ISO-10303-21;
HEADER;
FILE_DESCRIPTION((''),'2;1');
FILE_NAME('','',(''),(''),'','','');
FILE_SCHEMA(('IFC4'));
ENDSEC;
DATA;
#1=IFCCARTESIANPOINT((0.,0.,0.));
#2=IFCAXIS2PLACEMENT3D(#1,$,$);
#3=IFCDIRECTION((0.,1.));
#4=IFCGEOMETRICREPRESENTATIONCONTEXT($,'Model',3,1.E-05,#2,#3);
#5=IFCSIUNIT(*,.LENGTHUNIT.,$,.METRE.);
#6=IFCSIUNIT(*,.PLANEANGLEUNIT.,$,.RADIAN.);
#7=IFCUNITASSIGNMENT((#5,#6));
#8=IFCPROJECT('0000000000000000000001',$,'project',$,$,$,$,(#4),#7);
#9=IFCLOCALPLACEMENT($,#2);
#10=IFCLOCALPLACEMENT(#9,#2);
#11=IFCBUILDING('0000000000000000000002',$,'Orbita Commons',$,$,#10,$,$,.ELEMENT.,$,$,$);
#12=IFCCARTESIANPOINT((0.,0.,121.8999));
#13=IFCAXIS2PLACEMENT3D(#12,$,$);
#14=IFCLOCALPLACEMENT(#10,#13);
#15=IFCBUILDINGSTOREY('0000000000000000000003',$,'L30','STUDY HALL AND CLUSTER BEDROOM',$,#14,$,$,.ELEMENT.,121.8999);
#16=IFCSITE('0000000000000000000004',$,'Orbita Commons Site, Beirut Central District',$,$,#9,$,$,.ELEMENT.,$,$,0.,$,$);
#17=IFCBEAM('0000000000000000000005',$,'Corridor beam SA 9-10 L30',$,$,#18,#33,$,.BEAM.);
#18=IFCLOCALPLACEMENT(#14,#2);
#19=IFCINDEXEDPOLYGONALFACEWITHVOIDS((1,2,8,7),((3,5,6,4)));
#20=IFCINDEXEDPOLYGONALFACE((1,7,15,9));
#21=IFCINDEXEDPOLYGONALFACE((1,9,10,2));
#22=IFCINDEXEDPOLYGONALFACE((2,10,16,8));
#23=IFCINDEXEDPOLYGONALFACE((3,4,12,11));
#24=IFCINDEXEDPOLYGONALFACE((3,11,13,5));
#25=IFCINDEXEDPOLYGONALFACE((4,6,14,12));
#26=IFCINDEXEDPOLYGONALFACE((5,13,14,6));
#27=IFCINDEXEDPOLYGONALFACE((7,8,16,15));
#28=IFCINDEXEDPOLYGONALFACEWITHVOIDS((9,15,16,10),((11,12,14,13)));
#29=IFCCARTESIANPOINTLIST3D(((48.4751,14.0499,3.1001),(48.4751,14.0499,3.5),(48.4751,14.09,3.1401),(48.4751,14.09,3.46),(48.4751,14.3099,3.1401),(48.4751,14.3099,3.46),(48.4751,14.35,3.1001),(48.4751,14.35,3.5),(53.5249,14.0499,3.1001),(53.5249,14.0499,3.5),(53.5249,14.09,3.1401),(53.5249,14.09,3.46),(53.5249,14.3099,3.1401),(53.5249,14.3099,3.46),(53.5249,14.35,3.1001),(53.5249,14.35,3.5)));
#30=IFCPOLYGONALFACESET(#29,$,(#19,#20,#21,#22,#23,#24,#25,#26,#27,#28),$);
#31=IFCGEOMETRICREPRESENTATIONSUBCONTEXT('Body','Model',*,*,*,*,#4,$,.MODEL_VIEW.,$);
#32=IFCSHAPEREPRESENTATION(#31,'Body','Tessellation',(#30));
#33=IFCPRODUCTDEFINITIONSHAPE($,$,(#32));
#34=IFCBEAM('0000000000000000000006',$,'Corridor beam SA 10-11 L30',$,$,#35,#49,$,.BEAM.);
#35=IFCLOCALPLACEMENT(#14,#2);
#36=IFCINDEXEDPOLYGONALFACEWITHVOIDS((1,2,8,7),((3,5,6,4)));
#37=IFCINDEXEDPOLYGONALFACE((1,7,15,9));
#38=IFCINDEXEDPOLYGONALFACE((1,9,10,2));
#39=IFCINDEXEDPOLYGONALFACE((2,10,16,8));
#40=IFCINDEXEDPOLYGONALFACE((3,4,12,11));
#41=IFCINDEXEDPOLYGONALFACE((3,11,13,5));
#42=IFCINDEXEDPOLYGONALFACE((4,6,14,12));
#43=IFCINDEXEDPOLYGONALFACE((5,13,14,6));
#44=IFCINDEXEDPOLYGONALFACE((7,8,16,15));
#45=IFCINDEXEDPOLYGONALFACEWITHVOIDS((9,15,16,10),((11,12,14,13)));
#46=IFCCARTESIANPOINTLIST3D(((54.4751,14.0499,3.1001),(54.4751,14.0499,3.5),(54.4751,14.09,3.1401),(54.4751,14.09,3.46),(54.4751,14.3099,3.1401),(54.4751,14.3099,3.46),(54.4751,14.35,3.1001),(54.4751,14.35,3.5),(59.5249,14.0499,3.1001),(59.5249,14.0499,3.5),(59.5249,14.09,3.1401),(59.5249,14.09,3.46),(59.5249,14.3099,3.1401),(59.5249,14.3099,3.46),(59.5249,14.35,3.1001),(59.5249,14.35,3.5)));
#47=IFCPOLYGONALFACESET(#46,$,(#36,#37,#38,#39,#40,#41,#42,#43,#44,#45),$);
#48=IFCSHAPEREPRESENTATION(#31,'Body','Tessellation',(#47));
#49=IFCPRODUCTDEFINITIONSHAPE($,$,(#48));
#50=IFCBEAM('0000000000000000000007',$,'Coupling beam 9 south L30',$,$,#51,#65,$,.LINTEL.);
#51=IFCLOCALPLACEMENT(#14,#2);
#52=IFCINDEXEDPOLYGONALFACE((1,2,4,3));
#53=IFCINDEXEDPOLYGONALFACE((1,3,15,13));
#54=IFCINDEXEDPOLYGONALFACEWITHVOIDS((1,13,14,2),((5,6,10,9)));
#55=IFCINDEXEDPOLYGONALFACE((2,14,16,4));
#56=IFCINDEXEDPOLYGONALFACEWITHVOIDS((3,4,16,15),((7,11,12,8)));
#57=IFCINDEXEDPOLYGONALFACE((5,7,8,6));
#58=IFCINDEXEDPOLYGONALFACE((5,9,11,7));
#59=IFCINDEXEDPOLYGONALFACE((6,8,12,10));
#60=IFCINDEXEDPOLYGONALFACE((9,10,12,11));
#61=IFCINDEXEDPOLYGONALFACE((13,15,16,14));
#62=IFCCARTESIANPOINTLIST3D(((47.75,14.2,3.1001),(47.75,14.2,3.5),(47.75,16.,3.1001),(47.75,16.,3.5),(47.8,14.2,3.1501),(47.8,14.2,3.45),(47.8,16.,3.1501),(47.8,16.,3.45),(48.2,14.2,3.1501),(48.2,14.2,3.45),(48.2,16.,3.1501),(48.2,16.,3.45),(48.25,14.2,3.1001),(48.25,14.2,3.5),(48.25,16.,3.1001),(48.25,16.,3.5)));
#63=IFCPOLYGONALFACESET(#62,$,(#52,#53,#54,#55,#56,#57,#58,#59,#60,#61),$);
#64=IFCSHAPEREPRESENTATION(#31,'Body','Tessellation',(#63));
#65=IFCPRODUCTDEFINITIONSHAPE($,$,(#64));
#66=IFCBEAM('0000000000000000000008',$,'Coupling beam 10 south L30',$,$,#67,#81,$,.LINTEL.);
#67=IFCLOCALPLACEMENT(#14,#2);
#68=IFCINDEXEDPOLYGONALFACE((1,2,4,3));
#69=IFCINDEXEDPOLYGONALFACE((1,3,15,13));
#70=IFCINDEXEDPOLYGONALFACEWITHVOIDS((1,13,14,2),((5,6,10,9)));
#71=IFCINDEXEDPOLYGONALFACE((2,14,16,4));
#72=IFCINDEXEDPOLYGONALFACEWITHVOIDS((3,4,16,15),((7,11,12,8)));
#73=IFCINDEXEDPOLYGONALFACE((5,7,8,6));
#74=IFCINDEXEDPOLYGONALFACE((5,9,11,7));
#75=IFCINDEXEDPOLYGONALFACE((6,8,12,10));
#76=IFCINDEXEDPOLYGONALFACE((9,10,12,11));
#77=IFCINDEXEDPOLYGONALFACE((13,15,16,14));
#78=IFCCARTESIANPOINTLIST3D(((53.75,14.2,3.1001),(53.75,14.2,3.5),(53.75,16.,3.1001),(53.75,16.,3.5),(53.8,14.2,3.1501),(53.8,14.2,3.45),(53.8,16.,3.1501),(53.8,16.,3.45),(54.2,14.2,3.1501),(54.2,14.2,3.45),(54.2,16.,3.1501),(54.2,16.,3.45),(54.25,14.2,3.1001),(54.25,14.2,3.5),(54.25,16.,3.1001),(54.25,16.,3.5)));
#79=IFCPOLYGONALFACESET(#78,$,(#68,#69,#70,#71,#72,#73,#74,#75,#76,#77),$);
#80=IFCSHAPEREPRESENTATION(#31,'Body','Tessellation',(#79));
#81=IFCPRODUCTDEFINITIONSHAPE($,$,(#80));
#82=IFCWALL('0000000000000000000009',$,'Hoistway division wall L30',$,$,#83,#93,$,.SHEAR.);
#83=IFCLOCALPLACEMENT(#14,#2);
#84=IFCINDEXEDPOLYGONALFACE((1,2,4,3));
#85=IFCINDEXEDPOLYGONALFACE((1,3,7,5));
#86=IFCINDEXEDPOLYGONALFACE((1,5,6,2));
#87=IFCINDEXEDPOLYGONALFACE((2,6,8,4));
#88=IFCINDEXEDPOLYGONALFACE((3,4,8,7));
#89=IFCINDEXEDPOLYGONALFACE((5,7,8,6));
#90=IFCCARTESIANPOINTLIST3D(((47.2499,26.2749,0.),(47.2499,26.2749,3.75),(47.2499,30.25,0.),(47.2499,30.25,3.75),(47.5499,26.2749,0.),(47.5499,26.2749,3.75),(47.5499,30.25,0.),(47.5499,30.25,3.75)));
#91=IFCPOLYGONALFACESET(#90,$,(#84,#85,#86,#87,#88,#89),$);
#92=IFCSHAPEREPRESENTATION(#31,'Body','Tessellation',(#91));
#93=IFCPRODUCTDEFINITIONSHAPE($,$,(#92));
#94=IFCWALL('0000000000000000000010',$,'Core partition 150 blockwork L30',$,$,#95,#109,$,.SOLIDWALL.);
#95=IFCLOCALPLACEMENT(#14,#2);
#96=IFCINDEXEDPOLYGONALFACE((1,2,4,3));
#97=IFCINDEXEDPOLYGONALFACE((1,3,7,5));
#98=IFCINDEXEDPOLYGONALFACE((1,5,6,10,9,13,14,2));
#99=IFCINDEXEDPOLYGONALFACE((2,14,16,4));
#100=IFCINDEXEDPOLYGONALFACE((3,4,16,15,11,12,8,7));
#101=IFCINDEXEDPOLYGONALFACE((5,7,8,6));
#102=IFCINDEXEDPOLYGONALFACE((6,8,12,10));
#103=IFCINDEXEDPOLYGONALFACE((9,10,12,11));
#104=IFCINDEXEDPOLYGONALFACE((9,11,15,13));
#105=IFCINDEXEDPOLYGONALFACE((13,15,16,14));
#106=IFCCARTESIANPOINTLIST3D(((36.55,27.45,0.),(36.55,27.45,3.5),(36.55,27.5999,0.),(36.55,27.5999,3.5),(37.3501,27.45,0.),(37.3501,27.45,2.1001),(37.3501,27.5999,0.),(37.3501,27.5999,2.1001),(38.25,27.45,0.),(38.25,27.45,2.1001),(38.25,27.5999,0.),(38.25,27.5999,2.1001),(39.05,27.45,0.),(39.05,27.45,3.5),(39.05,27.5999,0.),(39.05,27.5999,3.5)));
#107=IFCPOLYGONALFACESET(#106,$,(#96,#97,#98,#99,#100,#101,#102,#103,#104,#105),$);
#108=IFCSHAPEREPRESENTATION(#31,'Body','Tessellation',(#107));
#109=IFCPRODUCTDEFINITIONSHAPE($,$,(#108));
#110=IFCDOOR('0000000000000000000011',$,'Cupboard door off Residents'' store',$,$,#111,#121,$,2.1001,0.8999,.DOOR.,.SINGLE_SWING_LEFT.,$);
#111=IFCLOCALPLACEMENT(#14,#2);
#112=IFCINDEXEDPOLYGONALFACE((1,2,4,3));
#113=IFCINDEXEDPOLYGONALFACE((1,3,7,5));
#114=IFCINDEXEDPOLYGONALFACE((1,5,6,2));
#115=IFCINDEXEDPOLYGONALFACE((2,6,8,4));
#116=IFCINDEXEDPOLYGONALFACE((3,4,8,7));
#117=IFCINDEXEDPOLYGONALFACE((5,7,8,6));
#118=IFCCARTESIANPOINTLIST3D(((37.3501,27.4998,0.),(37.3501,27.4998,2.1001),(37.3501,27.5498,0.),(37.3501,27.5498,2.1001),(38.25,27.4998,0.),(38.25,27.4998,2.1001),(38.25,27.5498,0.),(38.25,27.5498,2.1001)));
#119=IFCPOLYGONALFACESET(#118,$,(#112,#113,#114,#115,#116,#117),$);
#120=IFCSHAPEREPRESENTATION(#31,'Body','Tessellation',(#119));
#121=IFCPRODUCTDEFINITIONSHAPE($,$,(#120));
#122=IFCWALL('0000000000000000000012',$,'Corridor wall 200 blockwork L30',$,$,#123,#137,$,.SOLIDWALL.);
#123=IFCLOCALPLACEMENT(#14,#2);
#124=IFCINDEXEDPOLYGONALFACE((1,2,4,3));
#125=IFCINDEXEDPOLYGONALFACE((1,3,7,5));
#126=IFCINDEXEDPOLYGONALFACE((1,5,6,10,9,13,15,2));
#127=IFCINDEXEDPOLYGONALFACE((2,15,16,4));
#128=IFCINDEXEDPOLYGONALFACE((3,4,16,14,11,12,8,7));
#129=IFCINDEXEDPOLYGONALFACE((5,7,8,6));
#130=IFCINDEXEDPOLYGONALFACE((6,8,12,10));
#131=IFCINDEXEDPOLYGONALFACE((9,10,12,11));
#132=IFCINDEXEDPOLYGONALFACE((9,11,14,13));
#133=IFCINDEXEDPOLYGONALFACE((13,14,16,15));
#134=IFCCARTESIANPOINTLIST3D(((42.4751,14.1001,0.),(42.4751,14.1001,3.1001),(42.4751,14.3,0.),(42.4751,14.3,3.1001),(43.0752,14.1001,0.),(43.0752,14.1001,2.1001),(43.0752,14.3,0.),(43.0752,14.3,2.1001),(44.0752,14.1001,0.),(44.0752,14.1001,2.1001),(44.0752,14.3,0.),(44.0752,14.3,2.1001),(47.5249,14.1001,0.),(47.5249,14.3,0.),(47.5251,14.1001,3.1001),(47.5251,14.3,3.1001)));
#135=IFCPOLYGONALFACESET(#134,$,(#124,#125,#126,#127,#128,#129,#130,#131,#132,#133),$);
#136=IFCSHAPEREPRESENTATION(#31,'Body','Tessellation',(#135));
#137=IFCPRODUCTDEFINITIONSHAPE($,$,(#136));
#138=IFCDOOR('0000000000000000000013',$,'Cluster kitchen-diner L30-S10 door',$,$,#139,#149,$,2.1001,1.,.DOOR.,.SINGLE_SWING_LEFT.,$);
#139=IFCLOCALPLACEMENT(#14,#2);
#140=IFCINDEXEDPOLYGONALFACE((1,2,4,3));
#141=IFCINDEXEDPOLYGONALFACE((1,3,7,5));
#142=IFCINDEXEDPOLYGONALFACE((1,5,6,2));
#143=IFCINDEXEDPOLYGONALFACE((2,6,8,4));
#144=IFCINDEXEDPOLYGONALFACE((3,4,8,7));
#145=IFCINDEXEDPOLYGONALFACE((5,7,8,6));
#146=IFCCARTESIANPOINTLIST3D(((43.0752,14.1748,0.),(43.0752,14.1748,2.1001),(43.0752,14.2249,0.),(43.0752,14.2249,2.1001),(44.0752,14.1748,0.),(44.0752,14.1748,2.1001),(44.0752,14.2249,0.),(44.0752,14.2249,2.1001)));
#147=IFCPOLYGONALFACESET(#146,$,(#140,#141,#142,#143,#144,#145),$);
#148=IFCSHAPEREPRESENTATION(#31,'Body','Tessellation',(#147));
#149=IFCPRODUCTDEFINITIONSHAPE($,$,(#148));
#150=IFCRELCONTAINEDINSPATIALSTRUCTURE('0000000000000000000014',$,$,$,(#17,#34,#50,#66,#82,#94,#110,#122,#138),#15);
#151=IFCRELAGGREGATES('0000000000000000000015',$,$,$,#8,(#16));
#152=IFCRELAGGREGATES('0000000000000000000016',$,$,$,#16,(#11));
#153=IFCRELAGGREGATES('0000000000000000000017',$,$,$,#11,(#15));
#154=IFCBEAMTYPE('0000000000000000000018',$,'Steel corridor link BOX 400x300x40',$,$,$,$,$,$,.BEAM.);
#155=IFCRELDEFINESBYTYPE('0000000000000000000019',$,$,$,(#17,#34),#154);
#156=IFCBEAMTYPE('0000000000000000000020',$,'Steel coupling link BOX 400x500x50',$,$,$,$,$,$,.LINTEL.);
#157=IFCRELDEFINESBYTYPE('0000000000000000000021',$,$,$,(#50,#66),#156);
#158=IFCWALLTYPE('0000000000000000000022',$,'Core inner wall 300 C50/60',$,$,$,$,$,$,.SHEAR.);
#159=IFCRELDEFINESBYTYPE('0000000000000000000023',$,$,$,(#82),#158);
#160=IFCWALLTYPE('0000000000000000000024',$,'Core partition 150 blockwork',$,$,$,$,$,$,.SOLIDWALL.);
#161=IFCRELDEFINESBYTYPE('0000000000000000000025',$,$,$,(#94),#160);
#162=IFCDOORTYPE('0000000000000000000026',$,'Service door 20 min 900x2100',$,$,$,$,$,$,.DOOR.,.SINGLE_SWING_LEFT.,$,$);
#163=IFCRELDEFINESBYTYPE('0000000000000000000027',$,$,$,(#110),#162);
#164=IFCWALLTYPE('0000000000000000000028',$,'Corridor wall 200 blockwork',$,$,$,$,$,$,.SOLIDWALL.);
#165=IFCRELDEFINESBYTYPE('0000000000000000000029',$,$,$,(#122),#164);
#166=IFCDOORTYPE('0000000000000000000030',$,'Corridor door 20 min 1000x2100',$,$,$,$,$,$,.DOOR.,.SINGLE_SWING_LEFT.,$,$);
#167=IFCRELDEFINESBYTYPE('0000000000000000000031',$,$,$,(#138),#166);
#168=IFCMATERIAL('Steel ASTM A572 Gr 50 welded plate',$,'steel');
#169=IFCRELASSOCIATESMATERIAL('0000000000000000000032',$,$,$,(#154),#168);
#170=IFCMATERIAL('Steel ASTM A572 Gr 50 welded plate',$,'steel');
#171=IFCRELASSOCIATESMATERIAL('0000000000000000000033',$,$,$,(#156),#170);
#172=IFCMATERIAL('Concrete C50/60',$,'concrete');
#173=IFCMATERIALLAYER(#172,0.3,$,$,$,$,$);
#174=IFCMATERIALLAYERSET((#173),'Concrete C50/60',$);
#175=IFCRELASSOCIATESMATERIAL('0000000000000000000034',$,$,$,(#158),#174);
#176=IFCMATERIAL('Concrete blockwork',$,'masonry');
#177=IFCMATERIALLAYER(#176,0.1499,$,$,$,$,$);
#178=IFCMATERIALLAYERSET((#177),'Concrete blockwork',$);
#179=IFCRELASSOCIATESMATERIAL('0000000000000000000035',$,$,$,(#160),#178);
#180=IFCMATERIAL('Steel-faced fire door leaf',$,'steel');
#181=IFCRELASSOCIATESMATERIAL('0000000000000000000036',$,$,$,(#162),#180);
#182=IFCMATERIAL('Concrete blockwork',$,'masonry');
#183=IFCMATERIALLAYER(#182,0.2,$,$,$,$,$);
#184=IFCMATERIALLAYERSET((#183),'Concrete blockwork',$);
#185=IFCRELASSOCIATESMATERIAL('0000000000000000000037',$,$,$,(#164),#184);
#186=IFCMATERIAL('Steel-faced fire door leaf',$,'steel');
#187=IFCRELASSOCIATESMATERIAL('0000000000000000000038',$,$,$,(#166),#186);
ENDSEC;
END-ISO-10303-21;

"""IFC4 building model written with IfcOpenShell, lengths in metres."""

from ifc_helpers import new_model, si_unit, direction, frame, frame_2d, origin, origin_2d, place, context, subcontext, project, spatial, polyline, rectangle, hollow_rectangle, outline, extrude, material, layer, layer_set, material_profile, profile_set, type_object, element, fill, save


model = new_model("IFC4")

# Units and contexts
model_context = context("Model", 3, precision=1e-05, world=origin(), true_north=direction((0.0, 1.0)))
body_context = subcontext(model_context, "Body", "Model", "MODEL_VIEW")
ifc_project = project(units=[si_unit("LENGTHUNIT", "METRE"), si_unit("PLANEANGLEUNIT", "RADIAN")], contexts=[model_context])

# Site, building, storey
site_placement = place(None, origin())
site = spatial("IfcSite", under=ifc_project, at=site_placement, Name="Orbita Commons Site, Beirut Central District", CompositionType="ELEMENT", RefElevation=0.0)
building_placement = place(site_placement, origin())
building = spatial("IfcBuilding", under=site, at=building_placement, Name="Orbita Commons", CompositionType="ELEMENT")
storey_placement = place(building_placement, frame((0.0, 0.0, 121.8999)))
storey = spatial("IfcBuildingStorey", under=building, at=storey_placement, Name="L30", Description="STUDY HALL AND CLUSTER BEDROOM", CompositionType="ELEMENT", Elevation=121.8999)

# Beams
ifc_material_1 = material(Name="Steel ASTM A572 Gr 50 welded plate", Category="steel")
ifc_material_profile_1 = material_profile(ifc_material_1, hollow_rectangle(XDim=0.3, YDim=0.3999, WallThickness=0.04, at=origin_2d()), Name="BOX 400x300x40")
ifc_profile_set_1 = profile_set([ifc_material_profile_1], Name="Steel ASTM A572 Gr 50 welded plate")
beam_type_1 = type_object("IfcBeamType", Name="Steel corridor link BOX 400x300x40", PredefinedType="BEAM", material=ifc_profile_set_1)
for number, where, z_axis, x_axis, name in (
    (1, (48.4751, 14.2, 3.3), (1.0, 0.0, 0.0), (0.0, 1.0, 0.0), "Corridor beam SA 9-10 L30"),
    (2, (54.4751, 14.2, 3.3), (1.0, 0.0, 0.0), (0.0, 1.0, 0.0), "Corridor beam SA 10-11 L30"),
):
    element("IfcBeam", number, at=place(storey_placement, frame(where, z_axis=z_axis, x_axis=x_axis)), inside=storey, type_object=beam_type_1, Name=name, PredefinedType="BEAM", context=body_context, shape_type="SweptSolid", body=[
        extrude(hollow_rectangle(XDim=0.3, YDim=0.3999, WallThickness=0.04, at=origin_2d()), origin(), (0.0, 0.0, 1.0), 5.0498),
    ])
ifc_material_2 = material(Name="Steel ASTM A572 Gr 50 welded plate", Category="steel")
ifc_material_profile_2 = material_profile(ifc_material_2, hollow_rectangle(XDim=0.5, YDim=0.3999, WallThickness=0.05, at=origin_2d()), Name="BOX 400x500x50")
ifc_profile_set_2 = profile_set([ifc_material_profile_2], Name="Steel ASTM A572 Gr 50 welded plate")
beam_type_2 = type_object("IfcBeamType", Name="Steel coupling link BOX 400x500x50", PredefinedType="LINTEL", material=ifc_profile_set_2)
for number, where, z_axis, x_axis, name in (
    (3, (48.0, 14.2, 3.3), (0.0, 1.0, 0.0), (-1.0, 0.0, 0.0), "Coupling beam 9 south L30"),
    (4, (54.0, 14.2, 3.3), (0.0, 1.0, 0.0), (-1.0, 0.0, 0.0), "Coupling beam 10 south L30"),
):
    element("IfcBeam", number, at=place(storey_placement, frame(where, z_axis=z_axis, x_axis=x_axis)), inside=storey, type_object=beam_type_2, Name=name, PredefinedType="LINTEL", context=body_context, shape_type="SweptSolid", body=[
        extrude(hollow_rectangle(XDim=0.5, YDim=0.3999, WallThickness=0.05, at=origin_2d()), origin(), (0.0, 0.0, 1.0), 1.8),
    ])

# Wall
ifc_material_3 = material(Name="Concrete C50/60", Category="concrete")
ifc_layer_1 = layer(ifc_material_3, 0.3)
ifc_layer_set_1 = layer_set([ifc_layer_1], Name="Concrete C50/60")
wall_type_1 = type_object("IfcWallType", Name="Core inner wall 300 C50/60", PredefinedType="SHEAR", material=ifc_layer_set_1)
wall_1_placement = place(storey_placement, frame((47.3999, 26.2749, 0.0), z_axis=(0.0, 0.0, 1.0), x_axis=(0.0, 1.0, 0.0)))
element("IfcWall", 5, at=wall_1_placement, inside=storey, type_object=wall_type_1, Name="Hoistway division wall L30", PredefinedType="SHEAR", context=body_context, shape_type="SweptSolid", body=[
    extrude(rectangle(XDim=3.9751, YDim=0.3, at=frame_2d((1.9875, 0.0))), origin(), (0.0, 0.0, 1.0), 3.75),
])

# Walls, openings, doors
ifc_material_4 = material(Name="Concrete blockwork", Category="masonry")
ifc_layer_2 = layer(ifc_material_4, 0.1499)
ifc_layer_set_2 = layer_set([ifc_layer_2], Name="Concrete blockwork")
wall_type_2 = type_object("IfcWallType", Name="Core partition 150 blockwork", PredefinedType="SOLIDWALL", material=ifc_layer_set_2)
wall_2_placement = place(storey_placement, frame((36.55, 27.5249, 0.0), z_axis=(0.0, 0.0, 1.0), x_axis=(1.0, 0.0, 0.0)))
wall_2 = element("IfcWall", 6, at=wall_2_placement, inside=storey, type_object=wall_type_2, Name="Core partition 150 blockwork L30", PredefinedType="SOLIDWALL", context=body_context, shape_type="SweptSolid", body=[
    extrude(rectangle(XDim=2.5, YDim=0.1499, at=frame_2d((1.25, 0.0))), origin(), (0.0, 0.0, 1.0), 3.5),
])
opening_1_placement = place(wall_2_placement, frame((0.8, 0.0, 0.0)))
opening_1 = element("IfcOpeningElement", 7, at=opening_1_placement, cuts=wall_2, PredefinedType="OPENING", context=body_context, shape_type="SweptSolid", body=[
    extrude(rectangle(XDim=0.8999, YDim=2.1001, at=frame_2d((0.45, 1.05))), frame((0.0, 0.085, 0.0), z_axis=(0.0, -1.0, 0.0), x_axis=(1.0, 0.0, 0.0)), (0.0, 0.0, 1.0), 0.1699),
])
ifc_material_5 = material(Name="Steel-faced fire door leaf", Category="steel")
door_type_1 = type_object("IfcDoorType", Name="Service door 20 min 900x2100", OperationType="SINGLE_SWING_LEFT", PredefinedType="DOOR", material=ifc_material_5)
door_1_placement = place(opening_1_placement, origin())
door_1 = element("IfcDoor", 8, at=door_1_placement, inside=storey, type_object=door_type_1, Name="Cupboard door off Residents' store", OperationType="SINGLE_SWING_LEFT", OverallHeight=2.1001, OverallWidth=0.8999, PredefinedType="DOOR", context=body_context, shape_type="SweptSolid", body=[
    extrude(rectangle(XDim=0.8999, YDim=2.1001, at=frame_2d((0.45, 1.05))), frame((0.0, 0.0249, 0.0), z_axis=(0.0, -1.0, 0.0), x_axis=(1.0, 0.0, 0.0)), (0.0, 0.0, 1.0), 0.05),
])
fill(opening_1, door_1)
ifc_material_6 = material(Name="Concrete blockwork", Category="masonry")
ifc_layer_3 = layer(ifc_material_6, 0.2)
ifc_layer_set_3 = layer_set([ifc_layer_3], Name="Concrete blockwork")
wall_type_3 = type_object("IfcWallType", Name="Corridor wall 200 blockwork", PredefinedType="SOLIDWALL", material=ifc_layer_set_3)
wall_3_placement = place(storey_placement, frame((42.4751, 14.2, 0.0), z_axis=(0.0, 0.0, 1.0), x_axis=(1.0, 0.0, 0.0)))
wall_3 = element("IfcWall", 9, at=wall_3_placement, inside=storey, type_object=wall_type_3, Name="Corridor wall 200 blockwork L30", PredefinedType="SOLIDWALL", context=body_context, shape_type="SweptSolid", body=[
    extrude(outline(polyline([(0.0, 0.0), (5.0498, 0.0), (5.05, 3.1001), (0.0, 3.1001), (0.0, 0.0)])), frame((0.0, 0.1001, 0.0), z_axis=(0.0, -1.0, 0.0), x_axis=(1.0, 0.0, 0.0)), (0.0, 0.0, 1.0), 0.2),
])
opening_2_placement = place(wall_3_placement, frame((0.6001, 0.0, 0.0)))
opening_2 = element("IfcOpeningElement", 10, at=opening_2_placement, cuts=wall_3, PredefinedType="OPENING", context=body_context, shape_type="SweptSolid", body=[
    extrude(rectangle(XDim=1.0, YDim=2.1001, at=frame_2d((0.5, 1.05))), frame((0.0, 0.1099, 0.0), z_axis=(0.0, -1.0, 0.0), x_axis=(1.0, 0.0, 0.0)), (0.0, 0.0, 1.0), 0.22),
])
ifc_material_7 = material(Name="Steel-faced fire door leaf", Category="steel")
door_type_2 = type_object("IfcDoorType", Name="Corridor door 20 min 1000x2100", OperationType="SINGLE_SWING_LEFT", PredefinedType="DOOR", material=ifc_material_7)
door_2_placement = place(opening_2_placement, origin())
door_2 = element("IfcDoor", 11, at=door_2_placement, inside=storey, type_object=door_type_2, Name="Cluster kitchen-diner L30-S10 door", OperationType="SINGLE_SWING_LEFT", OverallHeight=2.1001, OverallWidth=1.0, PredefinedType="DOOR", context=body_context, shape_type="SweptSolid", body=[
    extrude(rectangle(XDim=1.0, YDim=2.1001, at=frame_2d((0.5, 1.05))), frame((0.0, 0.0249, 0.0), z_axis=(0.0, -1.0, 0.0), x_axis=(1.0, 0.0, 0.0)), (0.0, 0.0, 1.0), 0.05),
])
fill(opening_2, door_2)

save(model, "model.ifc")
